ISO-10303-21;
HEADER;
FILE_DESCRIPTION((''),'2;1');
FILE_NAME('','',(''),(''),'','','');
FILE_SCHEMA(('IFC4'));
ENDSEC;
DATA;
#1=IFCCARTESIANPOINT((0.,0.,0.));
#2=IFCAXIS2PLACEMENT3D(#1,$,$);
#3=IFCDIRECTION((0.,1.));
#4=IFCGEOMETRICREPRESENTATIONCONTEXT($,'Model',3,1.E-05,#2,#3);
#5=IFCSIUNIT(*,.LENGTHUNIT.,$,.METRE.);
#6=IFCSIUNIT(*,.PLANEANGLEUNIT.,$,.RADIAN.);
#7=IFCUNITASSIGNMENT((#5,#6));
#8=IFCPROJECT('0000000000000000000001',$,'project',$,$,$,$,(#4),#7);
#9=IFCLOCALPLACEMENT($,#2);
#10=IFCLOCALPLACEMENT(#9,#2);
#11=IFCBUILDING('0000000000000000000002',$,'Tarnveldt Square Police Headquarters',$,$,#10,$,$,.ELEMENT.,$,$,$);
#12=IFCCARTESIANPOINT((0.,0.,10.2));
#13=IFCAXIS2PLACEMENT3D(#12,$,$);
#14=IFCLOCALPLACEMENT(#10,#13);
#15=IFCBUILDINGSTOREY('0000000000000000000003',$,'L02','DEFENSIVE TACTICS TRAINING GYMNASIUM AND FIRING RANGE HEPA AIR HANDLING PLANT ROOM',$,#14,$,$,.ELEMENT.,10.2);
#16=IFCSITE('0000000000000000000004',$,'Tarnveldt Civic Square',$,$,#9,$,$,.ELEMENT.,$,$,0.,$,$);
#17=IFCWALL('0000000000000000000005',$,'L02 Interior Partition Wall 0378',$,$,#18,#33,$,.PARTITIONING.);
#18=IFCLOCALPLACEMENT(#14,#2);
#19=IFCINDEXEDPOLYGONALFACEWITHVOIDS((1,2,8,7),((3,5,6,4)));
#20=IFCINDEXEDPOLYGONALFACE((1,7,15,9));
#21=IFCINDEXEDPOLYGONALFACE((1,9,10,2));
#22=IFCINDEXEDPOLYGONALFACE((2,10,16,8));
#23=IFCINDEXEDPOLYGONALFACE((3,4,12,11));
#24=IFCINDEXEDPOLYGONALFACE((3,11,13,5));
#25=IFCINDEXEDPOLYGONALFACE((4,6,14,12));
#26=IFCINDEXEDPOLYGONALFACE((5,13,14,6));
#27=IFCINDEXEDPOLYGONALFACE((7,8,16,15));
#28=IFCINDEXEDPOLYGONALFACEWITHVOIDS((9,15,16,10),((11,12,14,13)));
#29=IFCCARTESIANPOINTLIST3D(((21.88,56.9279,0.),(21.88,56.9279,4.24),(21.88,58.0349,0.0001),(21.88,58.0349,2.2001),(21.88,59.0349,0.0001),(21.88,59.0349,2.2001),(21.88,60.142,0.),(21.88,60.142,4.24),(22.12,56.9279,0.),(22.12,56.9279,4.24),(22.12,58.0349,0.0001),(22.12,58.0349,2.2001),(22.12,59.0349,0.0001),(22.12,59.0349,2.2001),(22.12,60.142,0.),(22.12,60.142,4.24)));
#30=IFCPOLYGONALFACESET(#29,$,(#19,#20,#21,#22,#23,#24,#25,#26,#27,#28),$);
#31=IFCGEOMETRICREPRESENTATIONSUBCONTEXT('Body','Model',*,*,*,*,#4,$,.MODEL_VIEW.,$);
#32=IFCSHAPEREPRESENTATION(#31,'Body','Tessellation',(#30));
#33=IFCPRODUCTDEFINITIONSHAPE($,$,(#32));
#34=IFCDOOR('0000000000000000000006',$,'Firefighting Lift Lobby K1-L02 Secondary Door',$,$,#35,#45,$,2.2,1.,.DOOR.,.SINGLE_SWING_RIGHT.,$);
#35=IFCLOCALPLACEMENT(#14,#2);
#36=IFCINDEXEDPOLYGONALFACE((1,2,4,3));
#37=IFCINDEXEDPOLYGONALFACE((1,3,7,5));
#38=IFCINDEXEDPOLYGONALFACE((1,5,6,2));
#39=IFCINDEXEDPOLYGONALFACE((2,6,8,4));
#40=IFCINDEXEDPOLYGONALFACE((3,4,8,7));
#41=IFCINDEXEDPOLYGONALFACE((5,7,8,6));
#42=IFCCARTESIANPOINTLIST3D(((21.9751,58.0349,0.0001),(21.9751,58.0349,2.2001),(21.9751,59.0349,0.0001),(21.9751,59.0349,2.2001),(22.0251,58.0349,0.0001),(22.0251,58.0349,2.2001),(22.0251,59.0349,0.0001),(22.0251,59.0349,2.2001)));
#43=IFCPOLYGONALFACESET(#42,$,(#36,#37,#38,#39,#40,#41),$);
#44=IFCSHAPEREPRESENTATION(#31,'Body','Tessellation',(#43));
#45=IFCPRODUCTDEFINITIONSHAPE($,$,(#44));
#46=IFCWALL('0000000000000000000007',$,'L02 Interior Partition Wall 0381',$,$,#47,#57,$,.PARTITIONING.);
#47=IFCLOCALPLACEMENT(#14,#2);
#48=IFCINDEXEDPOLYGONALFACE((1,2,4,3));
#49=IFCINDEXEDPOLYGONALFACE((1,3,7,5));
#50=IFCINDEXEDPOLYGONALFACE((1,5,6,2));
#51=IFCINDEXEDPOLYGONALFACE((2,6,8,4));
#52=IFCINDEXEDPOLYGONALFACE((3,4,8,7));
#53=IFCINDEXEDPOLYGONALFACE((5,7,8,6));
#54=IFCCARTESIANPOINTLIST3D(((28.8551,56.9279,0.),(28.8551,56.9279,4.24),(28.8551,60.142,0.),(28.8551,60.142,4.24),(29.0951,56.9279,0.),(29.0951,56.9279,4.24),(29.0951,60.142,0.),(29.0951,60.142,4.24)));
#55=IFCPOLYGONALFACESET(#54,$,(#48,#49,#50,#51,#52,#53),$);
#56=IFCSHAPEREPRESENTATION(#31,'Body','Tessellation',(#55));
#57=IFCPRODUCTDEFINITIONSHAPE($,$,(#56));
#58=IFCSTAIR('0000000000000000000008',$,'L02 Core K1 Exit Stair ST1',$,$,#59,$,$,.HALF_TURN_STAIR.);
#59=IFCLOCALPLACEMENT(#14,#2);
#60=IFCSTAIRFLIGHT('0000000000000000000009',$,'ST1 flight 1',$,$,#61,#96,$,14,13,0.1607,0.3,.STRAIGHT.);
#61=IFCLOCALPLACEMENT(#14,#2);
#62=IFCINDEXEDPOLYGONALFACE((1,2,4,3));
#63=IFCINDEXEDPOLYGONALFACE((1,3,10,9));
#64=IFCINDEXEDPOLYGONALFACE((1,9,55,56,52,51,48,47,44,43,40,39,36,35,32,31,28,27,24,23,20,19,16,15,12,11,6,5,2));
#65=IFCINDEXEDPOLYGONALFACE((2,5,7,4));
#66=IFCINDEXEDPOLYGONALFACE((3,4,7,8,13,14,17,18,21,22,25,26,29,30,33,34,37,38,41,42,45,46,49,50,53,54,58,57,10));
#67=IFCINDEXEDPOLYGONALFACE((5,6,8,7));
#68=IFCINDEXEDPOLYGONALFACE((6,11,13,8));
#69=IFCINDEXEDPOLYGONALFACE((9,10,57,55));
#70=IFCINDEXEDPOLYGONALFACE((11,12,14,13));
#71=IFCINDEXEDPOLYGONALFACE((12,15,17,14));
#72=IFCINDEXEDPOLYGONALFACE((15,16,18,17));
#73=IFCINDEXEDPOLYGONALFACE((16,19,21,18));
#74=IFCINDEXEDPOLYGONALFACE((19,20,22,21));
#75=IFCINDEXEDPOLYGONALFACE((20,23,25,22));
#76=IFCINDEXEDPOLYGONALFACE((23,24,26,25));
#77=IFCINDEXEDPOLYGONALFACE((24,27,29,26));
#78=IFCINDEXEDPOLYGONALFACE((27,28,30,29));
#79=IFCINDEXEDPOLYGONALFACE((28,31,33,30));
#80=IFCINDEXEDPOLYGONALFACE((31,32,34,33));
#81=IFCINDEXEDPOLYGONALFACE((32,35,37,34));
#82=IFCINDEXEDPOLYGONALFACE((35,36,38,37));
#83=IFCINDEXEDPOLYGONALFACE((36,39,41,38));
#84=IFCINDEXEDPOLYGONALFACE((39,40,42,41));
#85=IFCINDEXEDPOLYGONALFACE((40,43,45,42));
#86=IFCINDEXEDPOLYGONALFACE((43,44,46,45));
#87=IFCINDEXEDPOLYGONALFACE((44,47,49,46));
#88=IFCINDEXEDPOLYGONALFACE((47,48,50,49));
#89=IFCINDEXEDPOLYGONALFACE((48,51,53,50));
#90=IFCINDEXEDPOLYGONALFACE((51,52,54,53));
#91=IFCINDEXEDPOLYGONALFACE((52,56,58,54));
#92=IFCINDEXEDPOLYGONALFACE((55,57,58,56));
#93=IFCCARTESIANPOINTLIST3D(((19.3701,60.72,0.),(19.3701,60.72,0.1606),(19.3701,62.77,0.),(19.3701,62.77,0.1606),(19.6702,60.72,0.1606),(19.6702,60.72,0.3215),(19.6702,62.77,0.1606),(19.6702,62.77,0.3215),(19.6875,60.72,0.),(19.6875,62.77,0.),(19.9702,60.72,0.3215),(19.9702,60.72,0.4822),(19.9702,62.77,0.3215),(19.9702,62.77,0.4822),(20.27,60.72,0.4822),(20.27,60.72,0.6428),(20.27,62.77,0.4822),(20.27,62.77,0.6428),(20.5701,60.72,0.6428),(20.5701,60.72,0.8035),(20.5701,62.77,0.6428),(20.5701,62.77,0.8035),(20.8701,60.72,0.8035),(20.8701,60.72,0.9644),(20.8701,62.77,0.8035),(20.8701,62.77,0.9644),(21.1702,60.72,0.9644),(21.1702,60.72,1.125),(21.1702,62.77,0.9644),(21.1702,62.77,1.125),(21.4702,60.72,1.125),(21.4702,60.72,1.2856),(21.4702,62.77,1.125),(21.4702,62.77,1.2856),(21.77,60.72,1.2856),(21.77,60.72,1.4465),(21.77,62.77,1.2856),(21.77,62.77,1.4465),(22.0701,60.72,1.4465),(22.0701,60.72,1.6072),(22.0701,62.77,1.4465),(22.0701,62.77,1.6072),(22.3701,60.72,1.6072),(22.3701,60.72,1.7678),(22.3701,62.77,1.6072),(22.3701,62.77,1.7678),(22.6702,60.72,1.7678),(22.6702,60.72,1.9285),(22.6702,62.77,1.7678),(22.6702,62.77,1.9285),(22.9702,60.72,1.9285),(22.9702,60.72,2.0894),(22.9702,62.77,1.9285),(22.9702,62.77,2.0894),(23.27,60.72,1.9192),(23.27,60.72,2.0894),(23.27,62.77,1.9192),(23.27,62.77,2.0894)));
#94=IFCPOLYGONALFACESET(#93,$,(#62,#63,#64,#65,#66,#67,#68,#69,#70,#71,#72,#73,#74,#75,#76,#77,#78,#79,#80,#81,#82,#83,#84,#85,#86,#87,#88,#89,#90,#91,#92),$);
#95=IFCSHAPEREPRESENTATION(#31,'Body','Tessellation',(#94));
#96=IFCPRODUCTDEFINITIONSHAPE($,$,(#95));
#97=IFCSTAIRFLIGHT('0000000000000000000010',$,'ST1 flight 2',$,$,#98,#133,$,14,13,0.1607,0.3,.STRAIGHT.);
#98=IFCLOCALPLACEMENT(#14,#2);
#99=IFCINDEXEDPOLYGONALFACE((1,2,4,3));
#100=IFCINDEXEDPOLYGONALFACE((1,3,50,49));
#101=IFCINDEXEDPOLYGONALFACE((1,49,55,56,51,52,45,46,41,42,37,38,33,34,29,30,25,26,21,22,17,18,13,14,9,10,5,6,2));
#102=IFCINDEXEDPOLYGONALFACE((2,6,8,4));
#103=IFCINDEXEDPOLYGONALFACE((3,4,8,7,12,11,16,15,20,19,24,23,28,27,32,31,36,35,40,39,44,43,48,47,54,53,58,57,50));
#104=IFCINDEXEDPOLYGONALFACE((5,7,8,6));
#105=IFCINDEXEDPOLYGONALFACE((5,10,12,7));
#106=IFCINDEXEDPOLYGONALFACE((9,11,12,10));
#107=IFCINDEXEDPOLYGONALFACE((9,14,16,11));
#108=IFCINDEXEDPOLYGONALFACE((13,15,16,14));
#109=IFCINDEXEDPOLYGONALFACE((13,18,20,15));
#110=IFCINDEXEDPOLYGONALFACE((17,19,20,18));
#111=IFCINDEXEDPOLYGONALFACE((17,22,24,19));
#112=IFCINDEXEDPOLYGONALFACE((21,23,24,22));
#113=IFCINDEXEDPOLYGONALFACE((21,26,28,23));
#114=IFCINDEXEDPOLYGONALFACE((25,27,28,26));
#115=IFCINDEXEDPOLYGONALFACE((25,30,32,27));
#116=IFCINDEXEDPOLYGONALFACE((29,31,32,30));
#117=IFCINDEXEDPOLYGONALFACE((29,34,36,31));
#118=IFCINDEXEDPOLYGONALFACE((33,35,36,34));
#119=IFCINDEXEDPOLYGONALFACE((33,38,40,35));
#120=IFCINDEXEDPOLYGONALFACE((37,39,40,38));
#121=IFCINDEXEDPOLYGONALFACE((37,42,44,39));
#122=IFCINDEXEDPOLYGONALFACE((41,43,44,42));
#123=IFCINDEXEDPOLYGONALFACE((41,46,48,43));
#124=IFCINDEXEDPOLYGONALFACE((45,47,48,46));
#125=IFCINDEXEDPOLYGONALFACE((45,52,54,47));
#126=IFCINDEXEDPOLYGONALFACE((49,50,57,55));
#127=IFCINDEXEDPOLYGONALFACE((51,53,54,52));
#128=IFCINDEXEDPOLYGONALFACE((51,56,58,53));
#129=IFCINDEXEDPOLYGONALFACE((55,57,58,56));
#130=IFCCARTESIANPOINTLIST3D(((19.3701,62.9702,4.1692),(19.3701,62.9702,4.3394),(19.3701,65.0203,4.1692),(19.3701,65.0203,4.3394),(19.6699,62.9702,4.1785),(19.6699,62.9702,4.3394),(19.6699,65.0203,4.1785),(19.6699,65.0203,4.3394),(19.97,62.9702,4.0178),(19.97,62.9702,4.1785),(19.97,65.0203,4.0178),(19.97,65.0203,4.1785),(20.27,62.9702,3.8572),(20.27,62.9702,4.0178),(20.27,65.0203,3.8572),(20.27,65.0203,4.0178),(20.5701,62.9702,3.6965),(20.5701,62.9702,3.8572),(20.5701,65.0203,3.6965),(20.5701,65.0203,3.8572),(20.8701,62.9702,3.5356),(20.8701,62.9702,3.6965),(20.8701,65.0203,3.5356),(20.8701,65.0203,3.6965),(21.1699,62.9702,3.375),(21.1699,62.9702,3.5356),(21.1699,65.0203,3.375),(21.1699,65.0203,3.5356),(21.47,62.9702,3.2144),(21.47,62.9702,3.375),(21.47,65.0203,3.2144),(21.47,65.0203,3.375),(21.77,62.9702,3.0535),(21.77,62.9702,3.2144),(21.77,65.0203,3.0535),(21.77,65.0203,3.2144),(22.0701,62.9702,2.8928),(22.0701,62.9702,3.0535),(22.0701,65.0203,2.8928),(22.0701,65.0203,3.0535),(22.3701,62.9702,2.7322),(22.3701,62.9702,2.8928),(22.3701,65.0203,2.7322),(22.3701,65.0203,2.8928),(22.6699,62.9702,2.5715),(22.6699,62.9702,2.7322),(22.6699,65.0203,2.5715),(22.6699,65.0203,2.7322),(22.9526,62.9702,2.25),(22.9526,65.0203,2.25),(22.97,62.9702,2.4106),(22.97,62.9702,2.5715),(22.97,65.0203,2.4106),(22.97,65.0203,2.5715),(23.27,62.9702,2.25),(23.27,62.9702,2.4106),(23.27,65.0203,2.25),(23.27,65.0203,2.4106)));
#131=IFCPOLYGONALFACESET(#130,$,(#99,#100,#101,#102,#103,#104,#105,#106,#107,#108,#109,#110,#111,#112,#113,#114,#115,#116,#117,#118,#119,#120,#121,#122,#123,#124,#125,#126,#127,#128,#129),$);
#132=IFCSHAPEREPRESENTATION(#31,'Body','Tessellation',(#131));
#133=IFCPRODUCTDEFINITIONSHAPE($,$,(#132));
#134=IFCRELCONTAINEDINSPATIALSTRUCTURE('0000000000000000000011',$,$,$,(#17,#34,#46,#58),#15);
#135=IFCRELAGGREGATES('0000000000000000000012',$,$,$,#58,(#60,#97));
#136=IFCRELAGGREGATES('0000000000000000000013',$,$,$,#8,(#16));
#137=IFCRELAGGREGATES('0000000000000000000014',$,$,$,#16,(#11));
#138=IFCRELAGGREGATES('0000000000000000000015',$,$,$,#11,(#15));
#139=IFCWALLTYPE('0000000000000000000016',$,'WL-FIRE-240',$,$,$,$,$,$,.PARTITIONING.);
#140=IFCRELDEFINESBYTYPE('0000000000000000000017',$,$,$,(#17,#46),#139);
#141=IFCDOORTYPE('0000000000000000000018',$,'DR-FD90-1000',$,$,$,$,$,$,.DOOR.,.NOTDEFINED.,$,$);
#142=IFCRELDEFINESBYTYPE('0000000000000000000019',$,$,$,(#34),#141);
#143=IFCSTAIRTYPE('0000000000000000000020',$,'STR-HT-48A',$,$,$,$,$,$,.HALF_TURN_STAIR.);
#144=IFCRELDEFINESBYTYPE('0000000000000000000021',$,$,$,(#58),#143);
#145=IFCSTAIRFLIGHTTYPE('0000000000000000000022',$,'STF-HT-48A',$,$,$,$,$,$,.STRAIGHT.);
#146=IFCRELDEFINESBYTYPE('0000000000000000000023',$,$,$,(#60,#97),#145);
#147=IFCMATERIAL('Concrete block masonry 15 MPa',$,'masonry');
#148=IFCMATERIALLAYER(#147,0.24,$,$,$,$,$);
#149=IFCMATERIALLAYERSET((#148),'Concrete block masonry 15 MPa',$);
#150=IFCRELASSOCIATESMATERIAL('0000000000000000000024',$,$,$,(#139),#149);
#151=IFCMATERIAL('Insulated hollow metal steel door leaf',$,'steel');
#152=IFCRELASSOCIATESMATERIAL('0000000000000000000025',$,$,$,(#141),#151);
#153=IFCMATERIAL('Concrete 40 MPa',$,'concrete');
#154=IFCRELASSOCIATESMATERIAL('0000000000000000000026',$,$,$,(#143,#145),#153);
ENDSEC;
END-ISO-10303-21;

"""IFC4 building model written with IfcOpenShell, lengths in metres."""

from ifc_helpers import new_model, si_unit, direction, frame, frame_2d, origin, place, context, subcontext, project, spatial, polyline, rectangle, outline, extrude, material, layer, layer_set, type_object, element, fill, aggregate, save


model = new_model("IFC4")

# Units and contexts
model_context = context("Model", 3, precision=1e-05, world=origin(), true_north=direction((0.0, 1.0)))
body_context = subcontext(model_context, "Body", "Model", "MODEL_VIEW")
ifc_project = project(units=[si_unit("LENGTHUNIT", "METRE"), si_unit("PLANEANGLEUNIT", "RADIAN")], contexts=[model_context])

# Site, building, storey
site_placement = place(None, origin())
site = spatial("IfcSite", under=ifc_project, at=site_placement, Name="Tarnveldt Civic Square", CompositionType="ELEMENT", RefElevation=0.0)
building_placement = place(site_placement, origin())
building = spatial("IfcBuilding", under=site, at=building_placement, Name="Tarnveldt Square Police Headquarters", CompositionType="ELEMENT")
storey_placement = place(building_placement, frame((0.0, 0.0, 10.2)))
storey = spatial("IfcBuildingStorey", under=building, at=storey_placement, Name="L02", Description="DEFENSIVE TACTICS TRAINING GYMNASIUM AND FIRING RANGE HEPA AIR HANDLING PLANT ROOM", CompositionType="ELEMENT", Elevation=10.2)

# Shared definitions
ifc_material_1 = material(Name="Concrete 40 MPa", Category="concrete")

# Shared definitions
ifc_material_2 = material(Name="Insulated hollow metal steel door leaf", Category="steel")

# Wall, opening, door
ifc_material_3 = material(Name="Concrete block masonry 15 MPa", Category="masonry")
ifc_layer_1 = layer(ifc_material_3, 0.24)
ifc_layer_set_1 = layer_set([ifc_layer_1], Name="Concrete block masonry 15 MPa")
wall_type_1 = type_object("IfcWallType", Name="WL-FIRE-240", PredefinedType="PARTITIONING", material=ifc_layer_set_1)
wall_1_placement = place(storey_placement, frame((22.0, 56.928, 0.0), z_axis=(0.0, 0.0, 1.0), x_axis=(0.0, 1.0, 0.0)))
wall_1 = element("IfcWall", 1, at=wall_1_placement, inside=storey, type_object=wall_type_1, Name="L02 Interior Partition Wall 0378", PredefinedType="PARTITIONING", context=body_context, shape_type="SweptSolid", body=[
    extrude(rectangle(XDim=3.2141, YDim=0.24, at=frame_2d((1.6069, 0.0))), origin(), (0.0, 0.0, 1.0), 4.24),
])
opening_1_placement = place(wall_1_placement, frame((1.1069, 0.0, 0.0)))
opening_1 = element("IfcOpeningElement", 2, at=opening_1_placement, cuts=wall_1, PredefinedType="OPENING", context=body_context, shape_type="SweptSolid", body=[
    extrude(rectangle(XDim=1.0, YDim=2.2, at=frame_2d((0.5, 1.1001))), frame((0.0, 0.1299, 0.0), z_axis=(0.0, -1.0, 0.0), x_axis=(1.0, 0.0, 0.0)), (0.0, 0.0, 1.0), 0.26),
])
door_type_1 = type_object("IfcDoorType", Name="DR-FD90-1000", OperationType="NOTDEFINED", PredefinedType="DOOR", material=ifc_material_2)
door_1_placement = place(opening_1_placement, origin())
door_1 = element("IfcDoor", 3, at=door_1_placement, inside=storey, type_object=door_type_1, Name="Firefighting Lift Lobby K1-L02 Secondary Door", OperationType="SINGLE_SWING_RIGHT", OverallHeight=2.2, OverallWidth=1.0, PredefinedType="DOOR", context=body_context, shape_type="SweptSolid", body=[
    extrude(rectangle(XDim=1.0, YDim=2.2, at=frame_2d((0.5, 1.1001))), frame((0.0, 0.0249, 0.0), z_axis=(0.0, -1.0, 0.0), x_axis=(1.0, 0.0, 0.0)), (0.0, 0.0, 1.0), 0.05),
])
fill(opening_1, door_1)

# Wall
wall_2_placement = place(storey_placement, frame((28.9751, 56.928, 0.0), z_axis=(0.0, 0.0, 1.0), x_axis=(0.0, 1.0, 0.0)))
element("IfcWall", 4, at=wall_2_placement, inside=storey, type_object=wall_type_1, Name="L02 Interior Partition Wall 0381", PredefinedType="PARTITIONING", context=body_context, shape_type="SweptSolid", body=[
    extrude(rectangle(XDim=3.2141, YDim=0.24, at=frame_2d((1.6069, 0.0))), origin(), (0.0, 0.0, 1.0), 4.24),
])

# Stair, stair flights
stair_type = type_object("IfcStairType", Name="STR-HT-48A", PredefinedType="HALF_TURN_STAIR", material=ifc_material_1)
stair_placement = place(storey_placement, origin())
stair = element("IfcStair", 5, at=stair_placement, inside=storey, type_object=stair_type, Name="L02 Core K1 Exit Stair ST1", PredefinedType="HALF_TURN_STAIR")
stair_flight_type = type_object("IfcStairFlightType", Name="STF-HT-48A", PredefinedType="STRAIGHT", material=ifc_material_1)
stair_flight_1_placement = place(storey_placement, frame((19.3701, 61.7451, 0.0), z_axis=(0.0, 0.0, 1.0), x_axis=(1.0, 0.0, 0.0)))
stair_flight_1 = element("IfcStairFlight", 6, at=stair_flight_1_placement, type_object=stair_flight_type, Name="ST1 flight 1", NumberOfRisers=14, NumberOfTreads=13, PredefinedType="STRAIGHT", RiserHeight=0.1607, TreadLength=0.3, context=body_context, shape_type="SweptSolid", body=[
    extrude(outline(polyline([(0.0, 0.0), (0.0, 0.1606), (0.3, 0.1606), (0.3, 0.3215), (0.6001, 0.3215), (0.6001, 0.4822), (0.8999, 0.4822), (0.8999, 0.6428), (1.2, 0.6428), (1.2, 0.8035), (1.5, 0.8035), (1.5, 0.9644), (1.8, 0.9644), (1.8, 1.125), (2.1001, 1.125), (2.1001, 1.2856), (2.3999, 1.2856), (2.3999, 1.4465), (2.7, 1.4465), (2.7, 1.6072), (3.0, 1.6072), (3.0, 1.7678), (3.3, 1.7678), (3.3, 1.9285), (3.6001, 1.9285), (3.6001, 2.0894), (3.8999, 2.0894), (3.8999, 2.25), (3.8999, 1.9192), (0.3174, 0.0), (0.0, 0.0)])), frame((0.0, 1.0249, 0.0), z_axis=(0.0, -1.0, 0.0), x_axis=(1.0, 0.0, 0.0)), (0.0, 0.0, 1.0), 2.05),
])
stair_flight_2_placement = place(storey_placement, frame((23.27, 63.9951, 2.25), z_axis=(0.0, 0.0, 1.0), x_axis=(-1.0, 0.0, 0.0)))
stair_flight_2 = element("IfcStairFlight", 7, at=stair_flight_2_placement, type_object=stair_flight_type, Name="ST1 flight 2", NumberOfRisers=14, NumberOfTreads=13, PredefinedType="STRAIGHT", RiserHeight=0.1607, TreadLength=0.3, context=body_context, shape_type="SweptSolid", body=[
    extrude(outline(polyline([(0.0, 0.0), (0.0, 0.1606), (0.3, 0.1606), (0.3, 0.3215), (0.6001, 0.3215), (0.6001, 0.4822), (0.8999, 0.4822), (0.8999, 0.6428), (1.2, 0.6428), (1.2, 0.8035), (1.5, 0.8035), (1.5, 0.9644), (1.8, 0.9644), (1.8, 1.125), (2.1001, 1.125), (2.1001, 1.2856), (2.3999, 1.2856), (2.3999, 1.4465), (2.7, 1.4465), (2.7, 1.6072), (3.0, 1.6072), (3.0, 1.7678), (3.3, 1.7678), (3.3, 1.9285), (3.6001, 1.9285), (3.6001, 2.0894), (3.8999, 2.0894), (3.8999, 2.25), (3.8999, 1.9192), (0.3174, 0.0), (0.0, 0.0)])), frame((0.0, 1.0249, 0.0), z_axis=(0.0, -1.0, 0.0), x_axis=(1.0, 0.0, 0.0)), (0.0, 0.0, 1.0), 2.05),
])
aggregate(stair, [stair_flight_1, stair_flight_2])

save(model, "model.ifc")
